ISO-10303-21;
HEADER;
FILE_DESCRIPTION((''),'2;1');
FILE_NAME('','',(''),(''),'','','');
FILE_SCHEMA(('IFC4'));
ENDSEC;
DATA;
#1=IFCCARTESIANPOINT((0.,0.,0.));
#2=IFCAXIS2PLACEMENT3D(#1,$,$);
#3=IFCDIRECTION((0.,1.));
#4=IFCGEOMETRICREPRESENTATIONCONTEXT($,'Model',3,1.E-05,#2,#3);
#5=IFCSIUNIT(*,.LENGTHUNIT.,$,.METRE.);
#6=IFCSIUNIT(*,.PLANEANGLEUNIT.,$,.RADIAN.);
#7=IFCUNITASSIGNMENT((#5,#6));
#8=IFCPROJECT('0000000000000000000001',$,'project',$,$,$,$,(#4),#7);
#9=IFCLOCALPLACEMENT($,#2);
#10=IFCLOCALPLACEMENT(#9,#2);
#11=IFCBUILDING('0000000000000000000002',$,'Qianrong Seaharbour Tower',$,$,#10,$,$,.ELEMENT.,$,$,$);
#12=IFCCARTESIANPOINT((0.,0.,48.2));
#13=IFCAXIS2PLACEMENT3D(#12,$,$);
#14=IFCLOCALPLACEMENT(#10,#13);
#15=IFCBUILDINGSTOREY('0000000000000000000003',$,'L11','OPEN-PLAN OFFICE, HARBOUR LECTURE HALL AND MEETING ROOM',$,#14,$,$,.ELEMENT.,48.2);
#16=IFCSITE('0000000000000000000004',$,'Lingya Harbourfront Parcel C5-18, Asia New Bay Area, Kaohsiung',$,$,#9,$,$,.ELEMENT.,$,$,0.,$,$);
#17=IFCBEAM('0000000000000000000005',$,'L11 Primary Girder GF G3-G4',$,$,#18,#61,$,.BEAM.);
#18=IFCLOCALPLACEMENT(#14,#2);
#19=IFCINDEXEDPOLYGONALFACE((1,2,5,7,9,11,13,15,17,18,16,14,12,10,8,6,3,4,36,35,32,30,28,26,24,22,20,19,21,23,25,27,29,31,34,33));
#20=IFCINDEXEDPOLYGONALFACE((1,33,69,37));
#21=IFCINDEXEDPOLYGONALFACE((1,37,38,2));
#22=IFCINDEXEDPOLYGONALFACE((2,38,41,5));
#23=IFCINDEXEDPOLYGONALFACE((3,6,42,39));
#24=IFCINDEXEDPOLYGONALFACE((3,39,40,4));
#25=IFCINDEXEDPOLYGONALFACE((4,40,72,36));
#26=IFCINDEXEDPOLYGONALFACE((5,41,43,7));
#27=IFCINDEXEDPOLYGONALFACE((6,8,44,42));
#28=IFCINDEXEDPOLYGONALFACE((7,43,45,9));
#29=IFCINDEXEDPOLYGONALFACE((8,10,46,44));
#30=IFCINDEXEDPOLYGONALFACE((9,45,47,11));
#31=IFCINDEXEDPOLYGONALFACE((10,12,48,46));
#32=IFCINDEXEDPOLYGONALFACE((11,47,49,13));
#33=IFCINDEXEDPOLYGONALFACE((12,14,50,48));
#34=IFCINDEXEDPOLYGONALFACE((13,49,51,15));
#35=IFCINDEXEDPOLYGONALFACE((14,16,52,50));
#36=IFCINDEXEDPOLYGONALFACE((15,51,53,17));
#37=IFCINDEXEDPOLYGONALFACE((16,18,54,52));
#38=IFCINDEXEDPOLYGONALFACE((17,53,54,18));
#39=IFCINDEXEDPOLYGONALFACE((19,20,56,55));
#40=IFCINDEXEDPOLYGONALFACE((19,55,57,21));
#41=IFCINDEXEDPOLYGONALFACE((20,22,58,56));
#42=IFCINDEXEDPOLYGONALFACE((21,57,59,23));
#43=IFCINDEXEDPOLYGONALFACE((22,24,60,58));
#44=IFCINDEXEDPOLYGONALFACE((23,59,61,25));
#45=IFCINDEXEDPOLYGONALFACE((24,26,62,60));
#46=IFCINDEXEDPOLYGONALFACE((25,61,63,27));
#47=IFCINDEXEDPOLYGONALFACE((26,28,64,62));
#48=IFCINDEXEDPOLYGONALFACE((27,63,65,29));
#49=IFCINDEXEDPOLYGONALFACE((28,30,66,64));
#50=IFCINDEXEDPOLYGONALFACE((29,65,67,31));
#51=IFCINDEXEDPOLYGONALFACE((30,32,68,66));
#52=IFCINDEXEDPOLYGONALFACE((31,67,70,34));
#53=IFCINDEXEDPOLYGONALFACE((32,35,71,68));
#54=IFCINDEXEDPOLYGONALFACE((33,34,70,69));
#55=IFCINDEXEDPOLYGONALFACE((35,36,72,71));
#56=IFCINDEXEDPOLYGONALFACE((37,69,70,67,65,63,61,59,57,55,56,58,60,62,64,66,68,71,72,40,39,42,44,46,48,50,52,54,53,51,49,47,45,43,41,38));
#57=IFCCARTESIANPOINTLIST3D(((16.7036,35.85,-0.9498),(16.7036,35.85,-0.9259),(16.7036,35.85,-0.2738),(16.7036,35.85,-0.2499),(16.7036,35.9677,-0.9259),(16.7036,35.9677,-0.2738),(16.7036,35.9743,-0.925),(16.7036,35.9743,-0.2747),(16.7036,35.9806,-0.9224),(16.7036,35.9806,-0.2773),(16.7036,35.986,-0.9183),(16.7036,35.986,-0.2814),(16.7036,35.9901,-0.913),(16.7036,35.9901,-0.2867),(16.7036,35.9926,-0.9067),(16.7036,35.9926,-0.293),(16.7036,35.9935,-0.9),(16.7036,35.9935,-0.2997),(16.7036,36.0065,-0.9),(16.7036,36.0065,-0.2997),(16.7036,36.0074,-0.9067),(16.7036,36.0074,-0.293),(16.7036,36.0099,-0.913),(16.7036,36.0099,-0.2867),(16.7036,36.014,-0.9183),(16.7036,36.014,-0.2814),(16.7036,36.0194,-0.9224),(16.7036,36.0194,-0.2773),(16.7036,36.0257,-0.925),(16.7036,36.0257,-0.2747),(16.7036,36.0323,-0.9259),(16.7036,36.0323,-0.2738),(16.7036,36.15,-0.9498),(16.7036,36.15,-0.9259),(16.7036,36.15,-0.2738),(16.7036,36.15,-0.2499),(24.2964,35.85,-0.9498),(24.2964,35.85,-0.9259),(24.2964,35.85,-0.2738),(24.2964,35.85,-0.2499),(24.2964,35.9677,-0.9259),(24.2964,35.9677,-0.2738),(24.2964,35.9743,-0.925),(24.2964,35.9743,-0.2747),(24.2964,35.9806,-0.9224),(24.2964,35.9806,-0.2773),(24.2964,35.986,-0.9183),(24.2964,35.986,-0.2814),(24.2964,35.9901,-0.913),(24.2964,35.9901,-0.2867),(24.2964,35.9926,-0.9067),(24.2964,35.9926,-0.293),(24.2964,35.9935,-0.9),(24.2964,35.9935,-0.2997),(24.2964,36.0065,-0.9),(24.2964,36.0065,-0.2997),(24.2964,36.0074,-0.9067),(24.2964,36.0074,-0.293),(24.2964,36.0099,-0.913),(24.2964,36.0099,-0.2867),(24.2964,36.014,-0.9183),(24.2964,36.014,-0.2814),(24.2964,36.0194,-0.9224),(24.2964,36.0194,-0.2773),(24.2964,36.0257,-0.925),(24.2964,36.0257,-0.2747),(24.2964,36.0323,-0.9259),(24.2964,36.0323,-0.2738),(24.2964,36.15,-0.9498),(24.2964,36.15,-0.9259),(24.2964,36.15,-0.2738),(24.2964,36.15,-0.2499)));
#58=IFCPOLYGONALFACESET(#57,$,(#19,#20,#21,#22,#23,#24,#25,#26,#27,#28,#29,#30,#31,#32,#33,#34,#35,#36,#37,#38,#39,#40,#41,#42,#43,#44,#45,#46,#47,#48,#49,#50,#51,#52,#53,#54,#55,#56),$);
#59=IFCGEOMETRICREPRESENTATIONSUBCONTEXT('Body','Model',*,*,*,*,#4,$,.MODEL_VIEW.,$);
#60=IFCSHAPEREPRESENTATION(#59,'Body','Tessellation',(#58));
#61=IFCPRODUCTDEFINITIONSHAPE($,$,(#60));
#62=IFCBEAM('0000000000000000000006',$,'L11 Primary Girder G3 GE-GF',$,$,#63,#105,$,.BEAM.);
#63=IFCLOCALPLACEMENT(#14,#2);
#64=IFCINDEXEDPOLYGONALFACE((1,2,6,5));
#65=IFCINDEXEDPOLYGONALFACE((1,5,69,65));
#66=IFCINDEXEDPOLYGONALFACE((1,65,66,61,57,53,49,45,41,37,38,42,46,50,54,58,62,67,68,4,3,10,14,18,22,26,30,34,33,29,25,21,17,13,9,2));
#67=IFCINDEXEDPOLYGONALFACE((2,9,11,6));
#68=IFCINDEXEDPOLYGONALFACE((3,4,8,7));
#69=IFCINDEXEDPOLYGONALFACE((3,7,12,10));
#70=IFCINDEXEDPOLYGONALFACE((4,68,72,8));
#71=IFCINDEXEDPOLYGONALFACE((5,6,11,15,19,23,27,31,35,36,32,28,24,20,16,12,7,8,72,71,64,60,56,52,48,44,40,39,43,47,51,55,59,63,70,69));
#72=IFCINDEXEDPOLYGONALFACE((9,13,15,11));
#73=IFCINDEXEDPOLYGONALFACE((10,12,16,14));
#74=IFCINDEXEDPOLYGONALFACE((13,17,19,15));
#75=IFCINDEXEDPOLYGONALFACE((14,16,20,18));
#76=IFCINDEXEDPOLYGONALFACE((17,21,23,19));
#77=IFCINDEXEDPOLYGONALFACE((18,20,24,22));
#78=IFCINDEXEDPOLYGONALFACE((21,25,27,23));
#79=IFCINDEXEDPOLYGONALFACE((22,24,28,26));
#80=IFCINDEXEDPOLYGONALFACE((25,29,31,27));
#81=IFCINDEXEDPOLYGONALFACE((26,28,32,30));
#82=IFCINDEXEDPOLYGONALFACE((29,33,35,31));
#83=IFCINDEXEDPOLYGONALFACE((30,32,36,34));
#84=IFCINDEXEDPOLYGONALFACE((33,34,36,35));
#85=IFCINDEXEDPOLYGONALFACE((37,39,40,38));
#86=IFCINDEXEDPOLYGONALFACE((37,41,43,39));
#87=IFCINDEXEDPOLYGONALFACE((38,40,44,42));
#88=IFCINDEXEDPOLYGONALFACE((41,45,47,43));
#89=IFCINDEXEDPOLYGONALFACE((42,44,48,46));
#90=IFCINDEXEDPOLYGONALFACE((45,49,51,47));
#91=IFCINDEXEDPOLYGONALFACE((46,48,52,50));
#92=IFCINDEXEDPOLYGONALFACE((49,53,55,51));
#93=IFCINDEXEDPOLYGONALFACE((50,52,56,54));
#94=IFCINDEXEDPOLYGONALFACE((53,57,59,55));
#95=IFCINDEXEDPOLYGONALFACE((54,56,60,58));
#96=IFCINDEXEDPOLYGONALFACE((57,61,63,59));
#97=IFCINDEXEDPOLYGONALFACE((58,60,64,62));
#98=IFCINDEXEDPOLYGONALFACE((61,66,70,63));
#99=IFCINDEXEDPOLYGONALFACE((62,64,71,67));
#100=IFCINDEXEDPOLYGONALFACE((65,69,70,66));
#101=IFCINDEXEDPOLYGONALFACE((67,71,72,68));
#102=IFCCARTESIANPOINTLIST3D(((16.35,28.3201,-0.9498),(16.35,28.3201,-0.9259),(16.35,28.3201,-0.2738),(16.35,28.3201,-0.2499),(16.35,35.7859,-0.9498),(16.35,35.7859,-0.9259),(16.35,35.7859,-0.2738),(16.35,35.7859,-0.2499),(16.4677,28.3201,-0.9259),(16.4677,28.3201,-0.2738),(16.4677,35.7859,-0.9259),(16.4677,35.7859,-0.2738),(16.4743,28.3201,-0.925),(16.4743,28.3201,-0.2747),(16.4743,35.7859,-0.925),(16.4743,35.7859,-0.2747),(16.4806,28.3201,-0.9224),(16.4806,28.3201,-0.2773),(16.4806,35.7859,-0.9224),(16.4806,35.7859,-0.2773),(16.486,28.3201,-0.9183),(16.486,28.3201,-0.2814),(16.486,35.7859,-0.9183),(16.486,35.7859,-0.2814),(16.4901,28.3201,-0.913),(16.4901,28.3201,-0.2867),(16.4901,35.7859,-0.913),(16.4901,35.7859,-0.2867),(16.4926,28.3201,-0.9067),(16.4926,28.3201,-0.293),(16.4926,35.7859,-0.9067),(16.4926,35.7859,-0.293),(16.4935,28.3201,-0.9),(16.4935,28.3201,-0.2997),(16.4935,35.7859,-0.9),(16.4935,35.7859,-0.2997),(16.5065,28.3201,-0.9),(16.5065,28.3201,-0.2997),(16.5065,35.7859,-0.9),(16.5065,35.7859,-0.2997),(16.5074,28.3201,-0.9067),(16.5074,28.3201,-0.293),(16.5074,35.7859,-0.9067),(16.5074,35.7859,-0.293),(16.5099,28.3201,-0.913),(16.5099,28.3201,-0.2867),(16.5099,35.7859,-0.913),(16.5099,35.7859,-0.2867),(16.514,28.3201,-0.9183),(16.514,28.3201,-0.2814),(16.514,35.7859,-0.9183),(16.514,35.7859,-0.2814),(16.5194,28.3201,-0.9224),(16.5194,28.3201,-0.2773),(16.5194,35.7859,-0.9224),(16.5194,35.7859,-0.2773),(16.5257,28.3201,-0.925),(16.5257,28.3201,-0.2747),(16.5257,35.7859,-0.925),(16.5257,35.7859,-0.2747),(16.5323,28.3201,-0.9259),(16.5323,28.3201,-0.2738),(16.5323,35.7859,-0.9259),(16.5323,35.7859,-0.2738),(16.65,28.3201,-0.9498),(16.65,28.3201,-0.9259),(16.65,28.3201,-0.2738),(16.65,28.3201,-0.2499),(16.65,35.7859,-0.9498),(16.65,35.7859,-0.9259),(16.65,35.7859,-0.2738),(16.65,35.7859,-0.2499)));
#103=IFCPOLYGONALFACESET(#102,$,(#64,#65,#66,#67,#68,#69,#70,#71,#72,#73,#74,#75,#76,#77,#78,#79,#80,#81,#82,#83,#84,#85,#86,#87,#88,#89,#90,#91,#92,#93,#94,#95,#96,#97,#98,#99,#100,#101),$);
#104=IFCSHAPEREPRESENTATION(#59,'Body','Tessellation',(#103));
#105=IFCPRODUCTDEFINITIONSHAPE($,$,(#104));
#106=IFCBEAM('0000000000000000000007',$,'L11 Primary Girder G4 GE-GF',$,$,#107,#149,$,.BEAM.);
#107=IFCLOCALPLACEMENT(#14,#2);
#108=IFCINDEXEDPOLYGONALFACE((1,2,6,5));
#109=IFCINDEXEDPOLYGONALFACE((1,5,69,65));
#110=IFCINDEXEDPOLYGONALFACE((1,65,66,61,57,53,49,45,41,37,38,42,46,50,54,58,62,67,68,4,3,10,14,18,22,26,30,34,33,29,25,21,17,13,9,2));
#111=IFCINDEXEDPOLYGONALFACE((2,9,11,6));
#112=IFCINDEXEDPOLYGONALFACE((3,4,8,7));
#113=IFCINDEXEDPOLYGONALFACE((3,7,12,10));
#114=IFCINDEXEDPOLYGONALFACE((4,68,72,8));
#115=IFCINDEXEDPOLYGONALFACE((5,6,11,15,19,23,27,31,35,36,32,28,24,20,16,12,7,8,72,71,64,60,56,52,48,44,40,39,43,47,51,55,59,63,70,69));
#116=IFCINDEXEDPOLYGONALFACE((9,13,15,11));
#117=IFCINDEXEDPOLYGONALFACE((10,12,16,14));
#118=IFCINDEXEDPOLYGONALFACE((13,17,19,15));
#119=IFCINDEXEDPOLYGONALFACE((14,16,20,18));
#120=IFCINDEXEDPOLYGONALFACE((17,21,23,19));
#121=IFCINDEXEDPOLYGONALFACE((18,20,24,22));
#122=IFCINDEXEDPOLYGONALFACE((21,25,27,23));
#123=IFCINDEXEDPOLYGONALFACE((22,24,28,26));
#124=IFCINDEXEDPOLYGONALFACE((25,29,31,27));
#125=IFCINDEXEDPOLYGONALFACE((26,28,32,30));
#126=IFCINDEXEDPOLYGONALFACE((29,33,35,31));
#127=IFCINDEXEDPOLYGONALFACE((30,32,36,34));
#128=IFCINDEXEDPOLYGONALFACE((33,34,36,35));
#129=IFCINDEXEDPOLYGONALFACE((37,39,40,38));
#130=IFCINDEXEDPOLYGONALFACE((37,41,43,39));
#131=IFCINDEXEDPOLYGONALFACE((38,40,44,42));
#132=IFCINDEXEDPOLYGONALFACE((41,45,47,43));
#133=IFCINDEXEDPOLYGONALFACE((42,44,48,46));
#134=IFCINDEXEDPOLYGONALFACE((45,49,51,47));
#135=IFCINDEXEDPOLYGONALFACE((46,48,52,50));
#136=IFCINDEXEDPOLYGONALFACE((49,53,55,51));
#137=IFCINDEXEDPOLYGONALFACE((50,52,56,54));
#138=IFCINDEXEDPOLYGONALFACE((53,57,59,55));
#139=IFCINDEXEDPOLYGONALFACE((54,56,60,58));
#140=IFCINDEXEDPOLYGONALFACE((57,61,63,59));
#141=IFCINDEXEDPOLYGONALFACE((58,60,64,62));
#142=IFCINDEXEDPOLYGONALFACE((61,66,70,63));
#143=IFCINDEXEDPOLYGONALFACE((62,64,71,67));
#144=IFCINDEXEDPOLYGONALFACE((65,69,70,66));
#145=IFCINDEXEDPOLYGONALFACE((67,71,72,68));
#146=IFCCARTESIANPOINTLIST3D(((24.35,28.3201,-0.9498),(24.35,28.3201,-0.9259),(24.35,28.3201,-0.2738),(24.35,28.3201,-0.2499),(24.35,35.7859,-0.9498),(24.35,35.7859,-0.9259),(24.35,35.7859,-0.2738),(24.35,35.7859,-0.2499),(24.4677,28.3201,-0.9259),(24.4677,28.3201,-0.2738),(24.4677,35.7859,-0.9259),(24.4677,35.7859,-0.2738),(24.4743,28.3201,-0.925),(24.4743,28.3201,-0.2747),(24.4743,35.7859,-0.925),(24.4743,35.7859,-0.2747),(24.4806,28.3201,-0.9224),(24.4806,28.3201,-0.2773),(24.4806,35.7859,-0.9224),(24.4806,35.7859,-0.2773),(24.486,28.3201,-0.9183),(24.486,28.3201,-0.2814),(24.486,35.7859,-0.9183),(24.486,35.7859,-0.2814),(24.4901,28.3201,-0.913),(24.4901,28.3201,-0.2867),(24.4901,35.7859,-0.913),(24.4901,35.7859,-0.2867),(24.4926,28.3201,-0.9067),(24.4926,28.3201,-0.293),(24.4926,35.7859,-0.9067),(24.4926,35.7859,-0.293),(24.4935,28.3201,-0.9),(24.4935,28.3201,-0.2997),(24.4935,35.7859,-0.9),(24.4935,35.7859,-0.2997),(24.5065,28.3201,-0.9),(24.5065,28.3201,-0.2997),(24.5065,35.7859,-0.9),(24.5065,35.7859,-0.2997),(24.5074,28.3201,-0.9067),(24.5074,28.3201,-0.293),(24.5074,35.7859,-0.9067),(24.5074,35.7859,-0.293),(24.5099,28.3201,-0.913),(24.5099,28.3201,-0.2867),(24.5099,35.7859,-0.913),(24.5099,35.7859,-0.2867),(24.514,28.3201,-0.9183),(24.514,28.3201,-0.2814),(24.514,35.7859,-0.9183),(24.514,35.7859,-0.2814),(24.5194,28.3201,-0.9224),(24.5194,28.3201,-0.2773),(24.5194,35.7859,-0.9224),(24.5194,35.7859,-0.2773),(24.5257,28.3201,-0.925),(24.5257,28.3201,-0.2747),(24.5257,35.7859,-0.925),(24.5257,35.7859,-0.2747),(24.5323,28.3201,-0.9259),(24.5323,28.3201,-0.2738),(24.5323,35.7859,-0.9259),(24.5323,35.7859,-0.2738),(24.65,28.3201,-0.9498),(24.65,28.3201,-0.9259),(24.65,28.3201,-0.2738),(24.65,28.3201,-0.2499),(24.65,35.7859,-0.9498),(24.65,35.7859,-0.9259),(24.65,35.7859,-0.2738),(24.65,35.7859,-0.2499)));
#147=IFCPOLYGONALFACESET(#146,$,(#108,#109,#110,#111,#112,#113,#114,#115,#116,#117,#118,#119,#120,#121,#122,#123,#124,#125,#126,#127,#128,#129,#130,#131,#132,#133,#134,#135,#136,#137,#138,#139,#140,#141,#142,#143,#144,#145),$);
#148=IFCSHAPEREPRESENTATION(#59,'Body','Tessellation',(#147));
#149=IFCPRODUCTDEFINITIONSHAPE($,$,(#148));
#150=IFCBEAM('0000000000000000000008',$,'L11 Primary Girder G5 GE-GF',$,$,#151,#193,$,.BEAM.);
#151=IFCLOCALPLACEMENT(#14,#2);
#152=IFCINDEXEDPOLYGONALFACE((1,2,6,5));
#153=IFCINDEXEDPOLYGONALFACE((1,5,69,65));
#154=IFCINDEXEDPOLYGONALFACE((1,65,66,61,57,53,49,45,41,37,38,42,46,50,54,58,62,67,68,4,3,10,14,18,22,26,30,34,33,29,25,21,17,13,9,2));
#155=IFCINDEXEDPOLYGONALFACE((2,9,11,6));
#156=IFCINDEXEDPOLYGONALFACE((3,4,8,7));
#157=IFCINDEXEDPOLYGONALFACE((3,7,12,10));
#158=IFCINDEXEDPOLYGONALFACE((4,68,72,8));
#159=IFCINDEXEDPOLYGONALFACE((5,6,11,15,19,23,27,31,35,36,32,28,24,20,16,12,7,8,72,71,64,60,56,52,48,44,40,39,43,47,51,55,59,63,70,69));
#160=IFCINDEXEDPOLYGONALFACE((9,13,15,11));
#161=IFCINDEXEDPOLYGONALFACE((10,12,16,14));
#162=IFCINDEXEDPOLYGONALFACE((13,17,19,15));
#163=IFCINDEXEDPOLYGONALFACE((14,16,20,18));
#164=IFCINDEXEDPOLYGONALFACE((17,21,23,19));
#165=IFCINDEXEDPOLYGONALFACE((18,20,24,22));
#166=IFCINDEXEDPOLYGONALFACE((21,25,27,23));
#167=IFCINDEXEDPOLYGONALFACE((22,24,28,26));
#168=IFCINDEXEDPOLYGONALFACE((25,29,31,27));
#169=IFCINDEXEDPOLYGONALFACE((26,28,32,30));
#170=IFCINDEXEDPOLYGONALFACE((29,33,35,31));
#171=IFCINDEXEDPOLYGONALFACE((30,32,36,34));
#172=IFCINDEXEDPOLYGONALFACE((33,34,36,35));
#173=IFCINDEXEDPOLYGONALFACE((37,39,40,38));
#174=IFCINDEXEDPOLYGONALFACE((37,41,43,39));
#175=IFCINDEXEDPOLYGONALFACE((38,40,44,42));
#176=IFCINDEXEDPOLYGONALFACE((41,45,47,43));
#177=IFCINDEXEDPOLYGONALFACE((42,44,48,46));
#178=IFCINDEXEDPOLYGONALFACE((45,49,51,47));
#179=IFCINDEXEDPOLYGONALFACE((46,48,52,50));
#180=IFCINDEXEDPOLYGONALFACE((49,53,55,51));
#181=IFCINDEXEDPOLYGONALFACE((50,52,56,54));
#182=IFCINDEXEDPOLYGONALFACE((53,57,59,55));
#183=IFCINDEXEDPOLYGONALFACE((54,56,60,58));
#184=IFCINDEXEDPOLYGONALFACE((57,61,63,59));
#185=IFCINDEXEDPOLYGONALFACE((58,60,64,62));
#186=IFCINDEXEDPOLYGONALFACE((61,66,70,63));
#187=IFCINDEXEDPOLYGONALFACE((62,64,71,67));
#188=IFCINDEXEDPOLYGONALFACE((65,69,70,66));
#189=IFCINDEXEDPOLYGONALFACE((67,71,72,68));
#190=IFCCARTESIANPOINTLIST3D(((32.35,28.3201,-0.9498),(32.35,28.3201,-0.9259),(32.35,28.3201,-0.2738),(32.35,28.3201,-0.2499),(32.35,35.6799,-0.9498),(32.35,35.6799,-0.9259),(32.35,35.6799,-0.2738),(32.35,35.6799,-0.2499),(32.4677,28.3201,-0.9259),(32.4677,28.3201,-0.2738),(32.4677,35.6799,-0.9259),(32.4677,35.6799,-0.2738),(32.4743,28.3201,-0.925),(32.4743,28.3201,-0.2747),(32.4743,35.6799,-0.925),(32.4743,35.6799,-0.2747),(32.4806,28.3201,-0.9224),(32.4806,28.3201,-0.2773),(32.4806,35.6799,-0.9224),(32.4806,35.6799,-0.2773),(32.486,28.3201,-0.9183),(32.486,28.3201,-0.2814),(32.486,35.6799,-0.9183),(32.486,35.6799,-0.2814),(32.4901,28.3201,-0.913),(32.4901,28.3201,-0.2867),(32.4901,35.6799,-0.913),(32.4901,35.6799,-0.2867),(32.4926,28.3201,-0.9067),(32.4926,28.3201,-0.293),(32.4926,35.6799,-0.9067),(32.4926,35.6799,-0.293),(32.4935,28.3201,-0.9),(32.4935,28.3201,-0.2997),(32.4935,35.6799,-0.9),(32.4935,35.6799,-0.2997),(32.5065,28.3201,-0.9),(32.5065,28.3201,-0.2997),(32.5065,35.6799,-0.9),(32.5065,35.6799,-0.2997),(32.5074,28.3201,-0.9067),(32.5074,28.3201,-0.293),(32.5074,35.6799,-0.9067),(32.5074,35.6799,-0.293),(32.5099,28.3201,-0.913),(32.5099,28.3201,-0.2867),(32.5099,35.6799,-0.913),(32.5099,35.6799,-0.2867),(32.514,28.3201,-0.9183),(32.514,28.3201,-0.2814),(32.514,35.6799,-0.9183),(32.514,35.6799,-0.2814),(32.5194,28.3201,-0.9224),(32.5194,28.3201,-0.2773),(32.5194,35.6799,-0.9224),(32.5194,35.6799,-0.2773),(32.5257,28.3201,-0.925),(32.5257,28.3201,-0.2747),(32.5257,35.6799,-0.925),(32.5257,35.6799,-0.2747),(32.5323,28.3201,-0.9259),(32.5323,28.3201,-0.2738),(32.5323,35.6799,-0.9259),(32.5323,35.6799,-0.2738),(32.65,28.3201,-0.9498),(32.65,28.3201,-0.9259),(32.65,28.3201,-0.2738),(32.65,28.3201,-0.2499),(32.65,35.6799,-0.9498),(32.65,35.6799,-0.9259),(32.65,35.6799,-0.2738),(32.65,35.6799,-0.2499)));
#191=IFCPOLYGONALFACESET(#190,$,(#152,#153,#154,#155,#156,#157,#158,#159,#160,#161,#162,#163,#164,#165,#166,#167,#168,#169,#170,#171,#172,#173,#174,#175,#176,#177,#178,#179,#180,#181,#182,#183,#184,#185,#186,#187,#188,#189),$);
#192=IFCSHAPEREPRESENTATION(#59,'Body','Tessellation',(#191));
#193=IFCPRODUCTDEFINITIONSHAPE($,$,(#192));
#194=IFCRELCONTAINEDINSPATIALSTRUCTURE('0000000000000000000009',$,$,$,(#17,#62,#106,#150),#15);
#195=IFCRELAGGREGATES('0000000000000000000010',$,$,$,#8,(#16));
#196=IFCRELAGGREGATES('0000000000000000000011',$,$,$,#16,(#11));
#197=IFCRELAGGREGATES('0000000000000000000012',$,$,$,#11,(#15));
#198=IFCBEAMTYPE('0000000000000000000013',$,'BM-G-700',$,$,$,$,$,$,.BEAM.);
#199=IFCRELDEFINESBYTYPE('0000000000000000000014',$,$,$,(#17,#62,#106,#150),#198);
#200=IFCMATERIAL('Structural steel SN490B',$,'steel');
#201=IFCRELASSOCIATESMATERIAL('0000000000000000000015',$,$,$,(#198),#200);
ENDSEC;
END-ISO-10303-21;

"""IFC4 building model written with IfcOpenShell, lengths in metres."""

from ifc_helpers import new_model, si_unit, direction, frame, origin, origin_2d, place, context, subcontext, project, spatial, i_section, extrude, material, material_profile, profile_set, type_object, element, save


model = new_model("IFC4")

# Units and contexts
model_context = context("Model", 3, precision=1e-05, world=origin(), true_north=direction((0.0, 1.0)))
body_context = subcontext(model_context, "Body", "Model", "MODEL_VIEW")
ifc_project = project(units=[si_unit("LENGTHUNIT", "METRE"), si_unit("PLANEANGLEUNIT", "RADIAN")], contexts=[model_context])

# Site, building, storey
site_placement = place(None, origin())
site = spatial("IfcSite", under=ifc_project, at=site_placement, Name="Lingya Harbourfront Parcel C5-18, Asia New Bay Area, Kaohsiung", CompositionType="ELEMENT", RefElevation=0.0)
building_placement = place(site_placement, origin())
building = spatial("IfcBuilding", under=site, at=building_placement, Name="Qianrong Seaharbour Tower", CompositionType="ELEMENT")
storey_placement = place(building_placement, frame((0.0, 0.0, 48.2)))
storey = spatial("IfcBuildingStorey", under=building, at=storey_placement, Name="L11", Description="OPEN-PLAN OFFICE, HARBOUR LECTURE HALL AND MEETING ROOM", CompositionType="ELEMENT", Elevation=48.2)

# Shared definitions
ifc_material_1 = material(Name="Structural steel SN490B", Category="steel")

# Beams
ifc_material_profile_1 = material_profile(ifc_material_1, i_section(OverallWidth=0.3, OverallDepth=0.7, WebThickness=0.0129, FlangeThickness=0.0239, FilletRadius=0.0259, at=origin_2d()), Name="H700x300x13x24")
ifc_profile_set_1 = profile_set([ifc_material_profile_1], Name="Structural steel SN490B")
beam_type_1 = type_object("IfcBeamType", Name="BM-G-700", PredefinedType="BEAM", material=ifc_profile_set_1)
beam_1_placement = place(storey_placement, frame((16.7036, 36.0, -0.5999), z_axis=(1.0, 0.0, 0.0), x_axis=(0.0, 1.0, 0.0)))
element("IfcBeam", 1, at=beam_1_placement, inside=storey, type_object=beam_type_1, Name="L11 Primary Girder GF G3-G4", PredefinedType="BEAM", context=body_context, shape_type="SweptSolid", body=[
    extrude(i_section(OverallWidth=0.3, OverallDepth=0.7, WebThickness=0.0129, FlangeThickness=0.0239, FilletRadius=0.0259, at=origin_2d()), origin(), (0.0, 0.0, 1.0), 7.5928),
])
for number, where, z_axis, x_axis, name in (
    (2, (16.5, 28.3201, -0.5999), (0.0, 1.0, 0.0), (-1.0, 0.0, 0.0), "L11 Primary Girder G3 GE-GF"),
    (3, (24.5, 28.3201, -0.5999), (0.0, 1.0, 0.0), (-1.0, 0.0, 0.0), "L11 Primary Girder G4 GE-GF"),
):
    element("IfcBeam", number, at=place(storey_placement, frame(where, z_axis=z_axis, x_axis=x_axis)), inside=storey, type_object=beam_type_1, Name=name, PredefinedType="BEAM", context=body_context, shape_type="SweptSolid", body=[
        extrude(i_section(OverallWidth=0.3, OverallDepth=0.7, WebThickness=0.0129, FlangeThickness=0.0239, FilletRadius=0.0259, at=origin_2d()), origin(), (0.0, 0.0, 1.0), 7.4658),
    ])
for number, where, z_axis, x_axis, name in (
    (4, (32.5, 28.3201, -0.5999), (0.0, 1.0, 0.0), (-1.0, 0.0, 0.0), "L11 Primary Girder G5 GE-GF"),
):
    element("IfcBeam", number, at=place(storey_placement, frame(where, z_axis=z_axis, x_axis=x_axis)), inside=storey, type_object=beam_type_1, Name=name, PredefinedType="BEAM", context=body_context, shape_type="SweptSolid", body=[
        extrude(i_section(OverallWidth=0.3, OverallDepth=0.7, WebThickness=0.0129, FlangeThickness=0.0239, FilletRadius=0.0259, at=origin_2d()), origin(), (0.0, 0.0, 1.0), 7.3599),
    ])

save(model, "model.ifc")
